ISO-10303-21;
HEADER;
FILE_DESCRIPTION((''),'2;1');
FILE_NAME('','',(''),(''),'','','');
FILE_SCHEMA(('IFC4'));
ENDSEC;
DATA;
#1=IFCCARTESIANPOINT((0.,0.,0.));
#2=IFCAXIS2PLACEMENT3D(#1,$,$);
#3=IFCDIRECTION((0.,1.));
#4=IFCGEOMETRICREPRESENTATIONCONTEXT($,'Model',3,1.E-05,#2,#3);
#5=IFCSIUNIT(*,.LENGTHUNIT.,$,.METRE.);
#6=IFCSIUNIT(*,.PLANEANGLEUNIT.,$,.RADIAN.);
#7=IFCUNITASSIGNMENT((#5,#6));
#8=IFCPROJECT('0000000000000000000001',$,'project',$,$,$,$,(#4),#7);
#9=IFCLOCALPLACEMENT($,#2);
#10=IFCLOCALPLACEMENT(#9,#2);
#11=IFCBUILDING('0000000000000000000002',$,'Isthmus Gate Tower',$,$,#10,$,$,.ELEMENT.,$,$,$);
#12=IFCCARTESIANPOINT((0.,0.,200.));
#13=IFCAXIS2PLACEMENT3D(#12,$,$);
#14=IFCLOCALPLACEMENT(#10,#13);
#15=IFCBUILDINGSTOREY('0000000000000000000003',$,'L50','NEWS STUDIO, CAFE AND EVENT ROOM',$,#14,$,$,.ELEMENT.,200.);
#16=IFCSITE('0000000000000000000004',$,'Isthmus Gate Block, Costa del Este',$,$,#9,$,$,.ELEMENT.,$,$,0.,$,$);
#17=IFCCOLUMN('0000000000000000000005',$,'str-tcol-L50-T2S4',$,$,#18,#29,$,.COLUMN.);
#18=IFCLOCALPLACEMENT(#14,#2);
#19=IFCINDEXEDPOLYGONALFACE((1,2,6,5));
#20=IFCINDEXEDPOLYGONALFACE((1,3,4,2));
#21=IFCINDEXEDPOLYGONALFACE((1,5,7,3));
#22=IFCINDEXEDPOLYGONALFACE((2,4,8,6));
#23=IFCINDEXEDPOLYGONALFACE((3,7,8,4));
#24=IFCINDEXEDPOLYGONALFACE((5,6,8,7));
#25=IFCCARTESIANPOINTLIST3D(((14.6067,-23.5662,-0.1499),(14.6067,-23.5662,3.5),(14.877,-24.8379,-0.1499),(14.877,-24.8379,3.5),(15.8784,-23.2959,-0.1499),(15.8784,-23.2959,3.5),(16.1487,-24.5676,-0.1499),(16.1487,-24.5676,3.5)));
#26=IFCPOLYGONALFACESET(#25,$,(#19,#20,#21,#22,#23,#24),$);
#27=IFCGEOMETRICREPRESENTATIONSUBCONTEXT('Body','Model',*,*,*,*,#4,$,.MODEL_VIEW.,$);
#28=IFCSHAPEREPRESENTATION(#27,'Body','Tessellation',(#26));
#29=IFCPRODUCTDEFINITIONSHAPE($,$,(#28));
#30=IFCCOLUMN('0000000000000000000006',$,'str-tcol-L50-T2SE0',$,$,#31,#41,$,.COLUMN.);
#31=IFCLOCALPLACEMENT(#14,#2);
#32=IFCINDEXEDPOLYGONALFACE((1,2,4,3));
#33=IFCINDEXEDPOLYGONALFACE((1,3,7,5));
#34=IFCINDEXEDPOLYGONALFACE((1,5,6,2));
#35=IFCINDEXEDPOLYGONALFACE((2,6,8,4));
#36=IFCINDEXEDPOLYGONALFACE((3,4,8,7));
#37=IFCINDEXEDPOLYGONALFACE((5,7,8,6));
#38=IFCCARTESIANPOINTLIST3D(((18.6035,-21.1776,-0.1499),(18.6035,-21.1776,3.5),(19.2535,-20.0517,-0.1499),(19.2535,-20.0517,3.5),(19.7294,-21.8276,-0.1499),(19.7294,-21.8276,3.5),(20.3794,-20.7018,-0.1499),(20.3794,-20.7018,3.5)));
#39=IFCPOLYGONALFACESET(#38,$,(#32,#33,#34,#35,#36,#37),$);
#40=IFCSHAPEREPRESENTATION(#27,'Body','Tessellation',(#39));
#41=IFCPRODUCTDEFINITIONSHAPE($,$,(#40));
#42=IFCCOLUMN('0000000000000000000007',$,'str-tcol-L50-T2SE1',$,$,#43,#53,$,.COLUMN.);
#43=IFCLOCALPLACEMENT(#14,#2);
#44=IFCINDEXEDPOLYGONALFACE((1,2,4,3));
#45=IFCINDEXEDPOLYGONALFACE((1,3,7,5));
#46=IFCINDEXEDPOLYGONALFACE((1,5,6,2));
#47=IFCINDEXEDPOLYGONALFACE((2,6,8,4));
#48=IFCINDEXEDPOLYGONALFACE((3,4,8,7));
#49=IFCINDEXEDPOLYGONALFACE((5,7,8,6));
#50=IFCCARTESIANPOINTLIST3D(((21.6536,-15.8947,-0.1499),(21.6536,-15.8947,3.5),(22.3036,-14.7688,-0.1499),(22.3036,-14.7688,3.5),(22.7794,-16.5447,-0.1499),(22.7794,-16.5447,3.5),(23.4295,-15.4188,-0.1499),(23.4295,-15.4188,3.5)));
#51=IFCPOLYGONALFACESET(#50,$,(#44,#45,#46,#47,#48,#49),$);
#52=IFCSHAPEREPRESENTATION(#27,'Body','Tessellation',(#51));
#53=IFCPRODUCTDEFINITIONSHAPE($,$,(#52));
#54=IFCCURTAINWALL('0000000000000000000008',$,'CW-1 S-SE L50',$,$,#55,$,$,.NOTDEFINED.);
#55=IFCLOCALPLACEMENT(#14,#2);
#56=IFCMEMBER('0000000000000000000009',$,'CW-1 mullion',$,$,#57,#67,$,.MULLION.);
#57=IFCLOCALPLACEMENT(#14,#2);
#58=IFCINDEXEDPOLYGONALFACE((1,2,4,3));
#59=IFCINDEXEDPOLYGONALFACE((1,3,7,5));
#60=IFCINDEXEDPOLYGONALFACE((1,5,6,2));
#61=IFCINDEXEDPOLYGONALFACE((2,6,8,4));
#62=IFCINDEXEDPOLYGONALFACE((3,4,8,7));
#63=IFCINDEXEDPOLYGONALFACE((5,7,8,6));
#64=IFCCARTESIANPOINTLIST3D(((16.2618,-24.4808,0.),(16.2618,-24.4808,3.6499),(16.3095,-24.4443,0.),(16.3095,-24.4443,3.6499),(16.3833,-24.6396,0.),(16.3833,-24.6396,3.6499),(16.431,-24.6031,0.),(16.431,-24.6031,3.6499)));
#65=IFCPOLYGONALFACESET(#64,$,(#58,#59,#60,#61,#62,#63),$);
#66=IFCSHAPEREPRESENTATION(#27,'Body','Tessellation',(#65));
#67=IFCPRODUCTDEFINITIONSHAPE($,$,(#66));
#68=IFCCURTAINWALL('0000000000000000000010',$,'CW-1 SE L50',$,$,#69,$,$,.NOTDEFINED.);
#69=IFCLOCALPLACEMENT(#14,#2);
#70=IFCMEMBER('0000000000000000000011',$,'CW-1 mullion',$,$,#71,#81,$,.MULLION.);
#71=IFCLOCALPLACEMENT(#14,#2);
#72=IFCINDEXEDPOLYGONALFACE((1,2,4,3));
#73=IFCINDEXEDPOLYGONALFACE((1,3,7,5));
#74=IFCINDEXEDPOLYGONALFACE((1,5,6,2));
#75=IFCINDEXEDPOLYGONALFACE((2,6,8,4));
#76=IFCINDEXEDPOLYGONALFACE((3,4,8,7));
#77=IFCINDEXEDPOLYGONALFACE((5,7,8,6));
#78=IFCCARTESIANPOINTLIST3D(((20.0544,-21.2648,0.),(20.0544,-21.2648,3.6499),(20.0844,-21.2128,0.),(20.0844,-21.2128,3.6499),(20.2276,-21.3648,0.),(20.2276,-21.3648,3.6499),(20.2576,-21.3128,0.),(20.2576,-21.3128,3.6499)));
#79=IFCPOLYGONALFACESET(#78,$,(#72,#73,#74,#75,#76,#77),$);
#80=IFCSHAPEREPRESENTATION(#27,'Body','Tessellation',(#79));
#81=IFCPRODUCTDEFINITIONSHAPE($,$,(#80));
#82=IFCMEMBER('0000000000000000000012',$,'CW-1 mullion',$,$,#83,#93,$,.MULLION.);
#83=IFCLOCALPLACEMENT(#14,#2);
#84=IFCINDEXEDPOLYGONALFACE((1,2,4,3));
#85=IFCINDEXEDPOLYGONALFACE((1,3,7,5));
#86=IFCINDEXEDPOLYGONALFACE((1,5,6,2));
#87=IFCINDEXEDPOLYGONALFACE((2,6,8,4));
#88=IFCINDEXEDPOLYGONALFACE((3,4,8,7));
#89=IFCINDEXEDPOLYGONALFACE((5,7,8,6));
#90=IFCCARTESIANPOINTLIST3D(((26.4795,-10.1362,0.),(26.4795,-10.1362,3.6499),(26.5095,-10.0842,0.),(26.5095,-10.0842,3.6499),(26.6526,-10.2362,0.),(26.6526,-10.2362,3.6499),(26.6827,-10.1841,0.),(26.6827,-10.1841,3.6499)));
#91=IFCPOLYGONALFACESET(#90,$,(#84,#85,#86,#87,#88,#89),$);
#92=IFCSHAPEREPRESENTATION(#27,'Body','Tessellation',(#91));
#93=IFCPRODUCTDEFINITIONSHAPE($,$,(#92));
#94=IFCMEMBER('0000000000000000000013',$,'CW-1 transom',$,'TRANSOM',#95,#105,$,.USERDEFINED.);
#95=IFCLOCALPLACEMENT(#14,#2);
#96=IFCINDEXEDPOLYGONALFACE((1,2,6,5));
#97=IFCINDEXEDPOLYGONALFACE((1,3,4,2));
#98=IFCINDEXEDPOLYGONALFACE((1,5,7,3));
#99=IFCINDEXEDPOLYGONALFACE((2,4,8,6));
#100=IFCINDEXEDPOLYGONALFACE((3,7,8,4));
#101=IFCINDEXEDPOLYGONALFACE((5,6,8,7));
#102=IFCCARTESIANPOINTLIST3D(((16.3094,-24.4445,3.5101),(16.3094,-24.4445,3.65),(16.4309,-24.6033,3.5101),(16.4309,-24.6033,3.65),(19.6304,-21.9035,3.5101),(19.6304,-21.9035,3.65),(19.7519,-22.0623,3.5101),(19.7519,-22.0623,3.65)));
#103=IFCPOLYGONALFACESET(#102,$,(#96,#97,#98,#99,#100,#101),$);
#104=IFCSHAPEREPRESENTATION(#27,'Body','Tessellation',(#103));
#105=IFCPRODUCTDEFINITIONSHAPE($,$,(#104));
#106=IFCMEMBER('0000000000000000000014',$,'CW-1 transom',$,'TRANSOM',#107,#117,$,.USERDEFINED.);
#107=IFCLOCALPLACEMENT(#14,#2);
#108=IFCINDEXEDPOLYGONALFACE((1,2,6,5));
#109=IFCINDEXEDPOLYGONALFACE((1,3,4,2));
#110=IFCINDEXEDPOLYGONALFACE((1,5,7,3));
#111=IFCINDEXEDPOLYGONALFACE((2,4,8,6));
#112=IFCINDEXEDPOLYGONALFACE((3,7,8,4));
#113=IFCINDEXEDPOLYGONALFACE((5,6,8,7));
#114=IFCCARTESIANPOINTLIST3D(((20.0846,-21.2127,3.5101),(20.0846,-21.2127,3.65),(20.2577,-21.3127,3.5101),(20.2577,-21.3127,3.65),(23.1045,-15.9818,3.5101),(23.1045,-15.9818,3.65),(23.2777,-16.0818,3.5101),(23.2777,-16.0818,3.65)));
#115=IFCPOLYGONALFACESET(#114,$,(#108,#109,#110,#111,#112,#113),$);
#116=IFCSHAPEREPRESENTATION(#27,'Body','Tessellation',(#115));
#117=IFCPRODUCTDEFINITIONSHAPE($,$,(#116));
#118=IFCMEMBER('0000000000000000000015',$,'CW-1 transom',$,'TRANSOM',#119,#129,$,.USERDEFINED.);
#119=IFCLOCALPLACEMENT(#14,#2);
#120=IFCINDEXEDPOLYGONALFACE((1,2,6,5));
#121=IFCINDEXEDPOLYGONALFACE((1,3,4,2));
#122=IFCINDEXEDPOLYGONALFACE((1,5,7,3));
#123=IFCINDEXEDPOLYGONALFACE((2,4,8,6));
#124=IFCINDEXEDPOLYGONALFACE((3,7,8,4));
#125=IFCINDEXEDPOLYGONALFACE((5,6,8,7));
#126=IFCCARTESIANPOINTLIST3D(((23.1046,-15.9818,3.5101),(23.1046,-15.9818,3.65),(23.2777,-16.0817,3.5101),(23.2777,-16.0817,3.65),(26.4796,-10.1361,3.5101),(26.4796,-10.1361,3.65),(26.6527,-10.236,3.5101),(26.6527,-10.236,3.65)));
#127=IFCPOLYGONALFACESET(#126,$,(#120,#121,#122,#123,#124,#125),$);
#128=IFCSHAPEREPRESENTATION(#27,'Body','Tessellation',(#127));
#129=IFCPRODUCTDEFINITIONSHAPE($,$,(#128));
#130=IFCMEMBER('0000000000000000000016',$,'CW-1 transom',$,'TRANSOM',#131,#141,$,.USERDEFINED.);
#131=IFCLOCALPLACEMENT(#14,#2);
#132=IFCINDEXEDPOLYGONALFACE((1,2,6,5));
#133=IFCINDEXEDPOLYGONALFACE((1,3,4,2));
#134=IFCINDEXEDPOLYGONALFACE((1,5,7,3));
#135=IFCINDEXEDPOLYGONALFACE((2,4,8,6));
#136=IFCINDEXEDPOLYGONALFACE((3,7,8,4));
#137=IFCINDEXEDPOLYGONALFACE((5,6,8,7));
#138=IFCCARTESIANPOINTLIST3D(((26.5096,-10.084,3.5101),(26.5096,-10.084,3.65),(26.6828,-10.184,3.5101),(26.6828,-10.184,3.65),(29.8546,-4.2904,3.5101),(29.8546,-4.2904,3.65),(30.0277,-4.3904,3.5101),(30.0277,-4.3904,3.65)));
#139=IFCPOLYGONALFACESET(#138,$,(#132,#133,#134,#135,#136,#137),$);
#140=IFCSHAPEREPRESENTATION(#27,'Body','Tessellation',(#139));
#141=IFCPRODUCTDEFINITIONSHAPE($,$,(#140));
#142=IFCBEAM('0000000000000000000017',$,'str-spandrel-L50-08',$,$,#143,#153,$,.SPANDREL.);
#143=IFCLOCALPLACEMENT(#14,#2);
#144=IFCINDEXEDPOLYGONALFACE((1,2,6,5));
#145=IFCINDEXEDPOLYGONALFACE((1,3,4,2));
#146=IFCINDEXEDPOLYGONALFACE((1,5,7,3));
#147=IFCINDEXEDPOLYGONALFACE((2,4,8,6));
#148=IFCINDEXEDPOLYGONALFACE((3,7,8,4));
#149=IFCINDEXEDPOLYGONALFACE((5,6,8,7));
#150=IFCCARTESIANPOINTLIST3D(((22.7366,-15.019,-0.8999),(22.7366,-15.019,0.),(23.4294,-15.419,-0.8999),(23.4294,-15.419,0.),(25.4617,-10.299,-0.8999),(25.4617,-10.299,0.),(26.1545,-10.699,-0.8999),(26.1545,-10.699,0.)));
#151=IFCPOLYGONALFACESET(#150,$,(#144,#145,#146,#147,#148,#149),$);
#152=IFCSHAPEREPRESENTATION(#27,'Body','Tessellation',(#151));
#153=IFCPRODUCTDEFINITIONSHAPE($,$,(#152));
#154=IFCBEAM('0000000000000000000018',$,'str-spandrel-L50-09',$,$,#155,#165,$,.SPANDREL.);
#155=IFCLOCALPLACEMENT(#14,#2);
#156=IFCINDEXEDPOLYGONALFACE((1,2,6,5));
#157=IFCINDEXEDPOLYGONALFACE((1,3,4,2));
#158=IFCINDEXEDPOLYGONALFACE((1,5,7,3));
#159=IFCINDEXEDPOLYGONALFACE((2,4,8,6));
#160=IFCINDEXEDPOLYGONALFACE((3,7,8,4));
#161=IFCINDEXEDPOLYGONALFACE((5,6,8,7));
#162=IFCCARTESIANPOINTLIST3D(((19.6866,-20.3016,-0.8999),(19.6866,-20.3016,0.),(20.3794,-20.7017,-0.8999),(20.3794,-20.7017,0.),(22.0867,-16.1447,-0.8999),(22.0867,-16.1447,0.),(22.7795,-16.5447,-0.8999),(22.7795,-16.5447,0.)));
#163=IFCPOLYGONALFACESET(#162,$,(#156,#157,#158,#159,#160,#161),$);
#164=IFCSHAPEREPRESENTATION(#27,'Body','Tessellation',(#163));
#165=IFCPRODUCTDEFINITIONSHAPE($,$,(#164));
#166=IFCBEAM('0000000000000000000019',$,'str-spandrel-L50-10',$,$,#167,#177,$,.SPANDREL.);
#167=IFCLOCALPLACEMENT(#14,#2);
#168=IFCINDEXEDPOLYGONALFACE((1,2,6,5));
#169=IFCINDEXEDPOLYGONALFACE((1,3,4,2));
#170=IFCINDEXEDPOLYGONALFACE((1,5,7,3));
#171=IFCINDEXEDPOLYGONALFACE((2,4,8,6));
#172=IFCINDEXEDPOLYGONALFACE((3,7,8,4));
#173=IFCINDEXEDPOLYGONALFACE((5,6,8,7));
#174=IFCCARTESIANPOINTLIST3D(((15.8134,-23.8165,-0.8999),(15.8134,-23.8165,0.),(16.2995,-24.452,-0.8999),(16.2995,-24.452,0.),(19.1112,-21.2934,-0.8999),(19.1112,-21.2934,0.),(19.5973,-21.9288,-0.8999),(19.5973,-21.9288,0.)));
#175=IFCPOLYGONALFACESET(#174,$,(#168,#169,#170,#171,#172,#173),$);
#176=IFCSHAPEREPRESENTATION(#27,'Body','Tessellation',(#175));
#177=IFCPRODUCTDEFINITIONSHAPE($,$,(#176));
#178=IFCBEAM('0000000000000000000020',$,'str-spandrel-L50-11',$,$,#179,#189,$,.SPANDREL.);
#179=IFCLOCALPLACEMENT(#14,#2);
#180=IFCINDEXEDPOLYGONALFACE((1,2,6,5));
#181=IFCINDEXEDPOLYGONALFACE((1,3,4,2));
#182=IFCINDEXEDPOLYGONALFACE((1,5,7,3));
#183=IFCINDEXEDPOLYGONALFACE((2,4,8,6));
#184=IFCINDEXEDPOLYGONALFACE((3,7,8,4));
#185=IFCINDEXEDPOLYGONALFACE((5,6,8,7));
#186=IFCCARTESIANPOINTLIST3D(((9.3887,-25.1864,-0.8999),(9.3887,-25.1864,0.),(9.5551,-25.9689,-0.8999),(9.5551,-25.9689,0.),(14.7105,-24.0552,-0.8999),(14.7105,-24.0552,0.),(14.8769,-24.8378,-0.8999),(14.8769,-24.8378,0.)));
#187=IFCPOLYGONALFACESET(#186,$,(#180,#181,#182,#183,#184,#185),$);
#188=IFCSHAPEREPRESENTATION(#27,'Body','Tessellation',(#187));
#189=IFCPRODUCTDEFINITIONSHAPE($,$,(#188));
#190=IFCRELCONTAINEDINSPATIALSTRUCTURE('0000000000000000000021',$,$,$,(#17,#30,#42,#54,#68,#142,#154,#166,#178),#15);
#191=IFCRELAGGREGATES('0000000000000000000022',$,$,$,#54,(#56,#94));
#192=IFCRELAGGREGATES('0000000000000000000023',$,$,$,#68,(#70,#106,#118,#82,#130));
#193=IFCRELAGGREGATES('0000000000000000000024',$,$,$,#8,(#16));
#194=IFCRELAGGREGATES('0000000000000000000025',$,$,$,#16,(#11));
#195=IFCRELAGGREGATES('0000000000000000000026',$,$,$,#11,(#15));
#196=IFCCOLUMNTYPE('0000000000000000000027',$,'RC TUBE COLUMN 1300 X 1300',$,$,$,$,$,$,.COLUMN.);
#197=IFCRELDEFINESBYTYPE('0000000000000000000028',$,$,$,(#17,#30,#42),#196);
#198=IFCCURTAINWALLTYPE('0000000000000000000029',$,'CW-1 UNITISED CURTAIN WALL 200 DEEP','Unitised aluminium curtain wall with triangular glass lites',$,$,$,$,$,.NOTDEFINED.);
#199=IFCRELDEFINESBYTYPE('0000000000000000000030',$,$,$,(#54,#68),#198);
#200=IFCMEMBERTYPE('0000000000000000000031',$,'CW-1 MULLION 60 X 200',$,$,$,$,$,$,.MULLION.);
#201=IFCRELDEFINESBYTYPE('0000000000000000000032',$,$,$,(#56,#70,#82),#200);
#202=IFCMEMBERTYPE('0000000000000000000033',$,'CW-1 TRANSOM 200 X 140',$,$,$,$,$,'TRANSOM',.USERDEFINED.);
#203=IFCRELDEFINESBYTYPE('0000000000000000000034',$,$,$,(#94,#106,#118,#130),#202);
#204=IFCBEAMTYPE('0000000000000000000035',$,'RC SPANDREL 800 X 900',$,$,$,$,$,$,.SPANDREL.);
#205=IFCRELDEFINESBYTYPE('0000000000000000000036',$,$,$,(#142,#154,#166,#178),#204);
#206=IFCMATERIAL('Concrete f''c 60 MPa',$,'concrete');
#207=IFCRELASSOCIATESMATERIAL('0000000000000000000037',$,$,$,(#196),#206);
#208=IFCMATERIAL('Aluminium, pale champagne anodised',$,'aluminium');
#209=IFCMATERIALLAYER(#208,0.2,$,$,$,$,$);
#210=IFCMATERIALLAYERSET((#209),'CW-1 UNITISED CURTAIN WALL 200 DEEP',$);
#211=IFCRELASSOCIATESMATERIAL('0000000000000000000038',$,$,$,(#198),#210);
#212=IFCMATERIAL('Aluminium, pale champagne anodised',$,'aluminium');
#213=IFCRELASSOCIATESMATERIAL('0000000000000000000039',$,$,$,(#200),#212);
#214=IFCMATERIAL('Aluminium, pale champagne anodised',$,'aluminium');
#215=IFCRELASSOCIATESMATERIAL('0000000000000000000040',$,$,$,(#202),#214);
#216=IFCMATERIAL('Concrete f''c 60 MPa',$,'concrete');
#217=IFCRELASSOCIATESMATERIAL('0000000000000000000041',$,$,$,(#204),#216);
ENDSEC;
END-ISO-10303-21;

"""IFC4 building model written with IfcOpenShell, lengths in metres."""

from ifc_helpers import new_model, si_unit, direction, frame, origin, origin_2d, place, context, subcontext, project, spatial, rectangle, extrude, material, layer, layer_set, material_profile, profile_set, type_object, element, aggregate, save


model = new_model("IFC4")

# Units and contexts
model_context = context("Model", 3, precision=1e-05, world=origin(), true_north=direction((0.0, 1.0)))
body_context = subcontext(model_context, "Body", "Model", "MODEL_VIEW")
ifc_project = project(units=[si_unit("LENGTHUNIT", "METRE"), si_unit("PLANEANGLEUNIT", "RADIAN")], contexts=[model_context])

# Site, building, storey
site_placement = place(None, origin())
site = spatial("IfcSite", under=ifc_project, at=site_placement, Name="Isthmus Gate Block, Costa del Este", CompositionType="ELEMENT", RefElevation=0.0)
building_placement = place(site_placement, origin())
building = spatial("IfcBuilding", under=site, at=building_placement, Name="Isthmus Gate Tower", CompositionType="ELEMENT")
storey_placement = place(building_placement, frame((0.0, 0.0, 200.0)))
storey = spatial("IfcBuildingStorey", under=building, at=storey_placement, Name="L50", Description="NEWS STUDIO, CAFE AND EVENT ROOM", CompositionType="ELEMENT", Elevation=200.0)

# Columns
ifc_material_1 = material(Name="Concrete f'c 60 MPa", Category="concrete")
ifc_material_profile_1 = material_profile(ifc_material_1, rectangle(XDim=1.3, YDim=1.3, at=origin_2d()), Name="RC 1300X1300")
ifc_profile_set_1 = profile_set([ifc_material_profile_1], Name="Concrete f'c 60 MPa")
column_type = type_object("IfcColumnType", Name="RC TUBE COLUMN 1300 X 1300", PredefinedType="COLUMN", material=ifc_profile_set_1)
for number, where, z_axis, x_axis, name in (
    (1, (15.3777, -24.0669, -0.1499), (0.0, 0.0, 1.0), (0.978148, 0.207912, 0.0), "str-tcol-L50-T2S4"),
    (2, (19.4915, -20.9397, -0.1499), (0.0, 0.0, 1.0), (0.5, 0.866025, 0.0), "str-tcol-L50-T2SE0"),
    (3, (22.5415, -15.6567, -0.1499), (0.0, 0.0, 1.0), (0.5, 0.866025, 0.0), "str-tcol-L50-T2SE1"),
):
    element("IfcColumn", number, at=place(storey_placement, frame(where, z_axis=z_axis, x_axis=x_axis)), inside=storey, type_object=column_type, Name=name, PredefinedType="COLUMN", context=body_context, shape_type="SweptSolid", body=[
        extrude(rectangle(XDim=1.3, YDim=1.3, at=origin_2d()), origin(), (0.0, 0.0, 1.0), 3.6499),
    ])

# Curtain wall, member
ifc_material_2 = material(Name="Aluminium, pale champagne anodised", Category="aluminium")
ifc_layer_1 = layer(ifc_material_2, 0.2)
ifc_layer_set_1 = layer_set([ifc_layer_1], Name="CW-1 UNITISED CURTAIN WALL 200 DEEP")
curtain_wall_type = type_object("IfcCurtainWallType", Name="CW-1 UNITISED CURTAIN WALL 200 DEEP", Description="Unitised aluminium curtain wall with triangular glass lites", PredefinedType="NOTDEFINED", material=ifc_layer_set_1)
curtain_wall_1_placement = place(storey_placement, origin())
curtain_wall_1 = element("IfcCurtainWall", 4, at=curtain_wall_1_placement, inside=storey, type_object=curtain_wall_type, Name="CW-1 S-SE L50", PredefinedType="NOTDEFINED")
ifc_material_3 = material(Name="Aluminium, pale champagne anodised", Category="aluminium")
ifc_material_profile_2 = material_profile(ifc_material_3, rectangle(XDim=0.0601, YDim=0.2, at=origin_2d()), Name="60x200")
ifc_profile_set_2 = profile_set([ifc_material_profile_2], Name="Aluminium, pale champagne anodised")
member_type_1 = type_object("IfcMemberType", Name="CW-1 MULLION 60 X 200", PredefinedType="MULLION", material=ifc_profile_set_2)
member_1_placement = place(storey_placement, frame((16.3464, -24.542, 0.0), z_axis=(0.0, 0.0, 1.0), x_axis=(0.794189, 0.607671, 0.0)))
member_1 = element("IfcMember", 5, at=member_1_placement, type_object=member_type_1, Name="CW-1 mullion", PredefinedType="MULLION", context=body_context, shape_type="SweptSolid", body=[
    extrude(rectangle(XDim=0.0601, YDim=0.2, at=origin_2d()), origin(), (0.0, 0.0, 1.0), 3.6499),
])

# Curtain wall, members
curtain_wall_2_placement = place(storey_placement, origin())
curtain_wall_2 = element("IfcCurtainWall", 6, at=curtain_wall_2_placement, inside=storey, type_object=curtain_wall_type, Name="CW-1 SE L50", PredefinedType="NOTDEFINED")
member_2_placement = place(storey_placement, frame((20.156, -21.2888, 0.0), z_axis=(0.0, 0.0, 1.0), x_axis=(0.5, 0.866025, 0.0)))
member_2 = element("IfcMember", 7, at=member_2_placement, type_object=member_type_1, Name="CW-1 mullion", PredefinedType="MULLION", context=body_context, shape_type="SweptSolid", body=[
    extrude(rectangle(XDim=0.0601, YDim=0.2, at=origin_2d()), origin(), (0.0, 0.0, 1.0), 3.6499),
])
member_3_placement = place(storey_placement, frame((26.5811, -10.1602, 0.0), z_axis=(0.0, 0.0, 1.0), x_axis=(0.5, 0.866025, 0.0)))
member_3 = element("IfcMember", 8, at=member_3_placement, type_object=member_type_1, Name="CW-1 mullion", PredefinedType="MULLION", context=body_context, shape_type="SweptSolid", body=[
    extrude(rectangle(XDim=0.0601, YDim=0.2, at=origin_2d()), origin(), (0.0, 0.0, 1.0), 3.6499),
])

# Members
ifc_material_4 = material(Name="Aluminium, pale champagne anodised", Category="aluminium")
ifc_material_profile_3 = material_profile(ifc_material_4, rectangle(XDim=0.2, YDim=0.1399, at=origin_2d()), Name="200x140")
ifc_profile_set_3 = profile_set([ifc_material_profile_3], Name="Aluminium, pale champagne anodised")
member_type_2 = type_object("IfcMemberType", Name="CW-1 TRANSOM 200 X 140", ElementType="TRANSOM", PredefinedType="USERDEFINED", material=ifc_profile_set_3)
member_4_placement = place(storey_placement, frame((16.3701, -24.5239, 3.5801), z_axis=(0.794197, 0.60766, 0.0), x_axis=(-0.60766, 0.794197, 0.0)))
member_4 = element("IfcMember", 9, at=member_4_placement, type_object=member_type_2, Name="CW-1 transom", ObjectType="TRANSOM", PredefinedType="USERDEFINED", context=body_context, shape_type="SweptSolid", body=[
    extrude(rectangle(XDim=0.2, YDim=0.1399, at=origin_2d()), origin(), (0.0, 0.0, 1.0), 4.1816),
])
member_5_placement = place(storey_placement, frame((20.1711, -21.2627, 3.5801), z_axis=(0.499991, 0.866031, 0.0), x_axis=(-0.866031, 0.499991, 0.0)))
member_5 = element("IfcMember", 10, at=member_5_placement, type_object=member_type_2, Name="CW-1 transom", ObjectType="TRANSOM", PredefinedType="USERDEFINED", context=body_context, shape_type="SweptSolid", body=[
    extrude(rectangle(XDim=0.2, YDim=0.1399, at=origin_2d()), origin(), (0.0, 0.0, 1.0), 6.04),
])
member_6_placement = place(storey_placement, frame((23.1912, -16.0317, 3.5801), z_axis=(0.499998, 0.866027, 0.0), x_axis=(-0.866027, 0.499998, 0.0)))
member_6 = element("IfcMember", 11, at=member_6_placement, type_object=member_type_2, Name="CW-1 transom", ObjectType="TRANSOM", PredefinedType="USERDEFINED", context=body_context, shape_type="SweptSolid", body=[
    extrude(rectangle(XDim=0.2, YDim=0.1399, at=origin_2d()), origin(), (0.0, 0.0, 1.0), 6.75),
])
member_7_placement = place(storey_placement, frame((26.5962, -10.134, 3.5801), z_axis=(0.499997, 0.866027, 0.0), x_axis=(-0.866027, 0.499997, 0.0)))
member_7 = element("IfcMember", 12, at=member_7_placement, type_object=member_type_2, Name="CW-1 transom", ObjectType="TRANSOM", PredefinedType="USERDEFINED", context=body_context, shape_type="SweptSolid", body=[
    extrude(rectangle(XDim=0.2, YDim=0.1399, at=origin_2d()), origin(), (0.0, 0.0, 1.0), 6.6899),
])

# Beams
ifc_material_5 = material(Name="Concrete f'c 60 MPa", Category="concrete")
ifc_material_profile_4 = material_profile(ifc_material_5, rectangle(XDim=0.8, YDim=0.8999, at=origin_2d()), Name="RC 800X900")
ifc_profile_set_4 = profile_set([ifc_material_profile_4], Name="Concrete f'c 60 MPa")
beam_type_1 = type_object("IfcBeamType", Name="RC SPANDREL 800 X 900", PredefinedType="SPANDREL", material=ifc_profile_set_4)
beam_1_placement = place(storey_placement, frame((25.8081, -10.499, -0.45), z_axis=(-0.500003, -0.866024, 0.0), x_axis=(0.866024, -0.500003, 0.0)))
element("IfcBeam", 13, at=beam_1_placement, inside=storey, type_object=beam_type_1, Name="str-spandrel-L50-08", PredefinedType="SPANDREL", context=body_context, shape_type="SweptSolid", body=[
    extrude(rectangle(XDim=0.8, YDim=0.8999, at=origin_2d()), origin(), (0.0, 0.0, 1.0), 5.4502),
])
beam_2_placement = place(storey_placement, frame((22.4331, -16.3447, -0.45), z_axis=(-0.500017, -0.866015, 0.0), x_axis=(0.866015, -0.500017, 0.0)))
element("IfcBeam", 14, at=beam_2_placement, inside=storey, type_object=beam_type_1, Name="str-spandrel-L50-09", PredefinedType="SPANDREL", context=body_context, shape_type="SweptSolid", body=[
    extrude(rectangle(XDim=0.8, YDim=0.8999, at=origin_2d()), origin(), (0.0, 0.0, 1.0), 4.8),
])
beam_3_placement = place(storey_placement, frame((19.3542, -21.6111, -0.45), z_axis=(-0.794206, -0.607649, 0.0), x_axis=(0.607649, -0.794206, 0.0)))
element("IfcBeam", 15, at=beam_3_placement, inside=storey, type_object=beam_type_1, Name="str-spandrel-L50-10", PredefinedType="SPANDREL", context=body_context, shape_type="SweptSolid", body=[
    extrude(rectangle(XDim=0.8, YDim=0.8999, at=origin_2d()), origin(), (0.0, 0.0, 1.0), 4.1523),
])
beam_4_placement = place(storey_placement, frame((14.7937, -24.4465, -0.45), z_axis=(-0.97815, -0.207898, 0.0), x_axis=(0.207898, -0.97815, 0.0)))
element("IfcBeam", 16, at=beam_4_placement, inside=storey, type_object=beam_type_1, Name="str-spandrel-L50-11", PredefinedType="SPANDREL", context=body_context, shape_type="SweptSolid", body=[
    extrude(rectangle(XDim=0.8, YDim=0.8999, at=origin_2d()), origin(), (0.0, 0.0, 1.0), 5.4407),
])

aggregate(curtain_wall_1, [member_1, member_4])
aggregate(curtain_wall_2, [member_2, member_5, member_6, member_3, member_7])

save(model, "model.ifc")
